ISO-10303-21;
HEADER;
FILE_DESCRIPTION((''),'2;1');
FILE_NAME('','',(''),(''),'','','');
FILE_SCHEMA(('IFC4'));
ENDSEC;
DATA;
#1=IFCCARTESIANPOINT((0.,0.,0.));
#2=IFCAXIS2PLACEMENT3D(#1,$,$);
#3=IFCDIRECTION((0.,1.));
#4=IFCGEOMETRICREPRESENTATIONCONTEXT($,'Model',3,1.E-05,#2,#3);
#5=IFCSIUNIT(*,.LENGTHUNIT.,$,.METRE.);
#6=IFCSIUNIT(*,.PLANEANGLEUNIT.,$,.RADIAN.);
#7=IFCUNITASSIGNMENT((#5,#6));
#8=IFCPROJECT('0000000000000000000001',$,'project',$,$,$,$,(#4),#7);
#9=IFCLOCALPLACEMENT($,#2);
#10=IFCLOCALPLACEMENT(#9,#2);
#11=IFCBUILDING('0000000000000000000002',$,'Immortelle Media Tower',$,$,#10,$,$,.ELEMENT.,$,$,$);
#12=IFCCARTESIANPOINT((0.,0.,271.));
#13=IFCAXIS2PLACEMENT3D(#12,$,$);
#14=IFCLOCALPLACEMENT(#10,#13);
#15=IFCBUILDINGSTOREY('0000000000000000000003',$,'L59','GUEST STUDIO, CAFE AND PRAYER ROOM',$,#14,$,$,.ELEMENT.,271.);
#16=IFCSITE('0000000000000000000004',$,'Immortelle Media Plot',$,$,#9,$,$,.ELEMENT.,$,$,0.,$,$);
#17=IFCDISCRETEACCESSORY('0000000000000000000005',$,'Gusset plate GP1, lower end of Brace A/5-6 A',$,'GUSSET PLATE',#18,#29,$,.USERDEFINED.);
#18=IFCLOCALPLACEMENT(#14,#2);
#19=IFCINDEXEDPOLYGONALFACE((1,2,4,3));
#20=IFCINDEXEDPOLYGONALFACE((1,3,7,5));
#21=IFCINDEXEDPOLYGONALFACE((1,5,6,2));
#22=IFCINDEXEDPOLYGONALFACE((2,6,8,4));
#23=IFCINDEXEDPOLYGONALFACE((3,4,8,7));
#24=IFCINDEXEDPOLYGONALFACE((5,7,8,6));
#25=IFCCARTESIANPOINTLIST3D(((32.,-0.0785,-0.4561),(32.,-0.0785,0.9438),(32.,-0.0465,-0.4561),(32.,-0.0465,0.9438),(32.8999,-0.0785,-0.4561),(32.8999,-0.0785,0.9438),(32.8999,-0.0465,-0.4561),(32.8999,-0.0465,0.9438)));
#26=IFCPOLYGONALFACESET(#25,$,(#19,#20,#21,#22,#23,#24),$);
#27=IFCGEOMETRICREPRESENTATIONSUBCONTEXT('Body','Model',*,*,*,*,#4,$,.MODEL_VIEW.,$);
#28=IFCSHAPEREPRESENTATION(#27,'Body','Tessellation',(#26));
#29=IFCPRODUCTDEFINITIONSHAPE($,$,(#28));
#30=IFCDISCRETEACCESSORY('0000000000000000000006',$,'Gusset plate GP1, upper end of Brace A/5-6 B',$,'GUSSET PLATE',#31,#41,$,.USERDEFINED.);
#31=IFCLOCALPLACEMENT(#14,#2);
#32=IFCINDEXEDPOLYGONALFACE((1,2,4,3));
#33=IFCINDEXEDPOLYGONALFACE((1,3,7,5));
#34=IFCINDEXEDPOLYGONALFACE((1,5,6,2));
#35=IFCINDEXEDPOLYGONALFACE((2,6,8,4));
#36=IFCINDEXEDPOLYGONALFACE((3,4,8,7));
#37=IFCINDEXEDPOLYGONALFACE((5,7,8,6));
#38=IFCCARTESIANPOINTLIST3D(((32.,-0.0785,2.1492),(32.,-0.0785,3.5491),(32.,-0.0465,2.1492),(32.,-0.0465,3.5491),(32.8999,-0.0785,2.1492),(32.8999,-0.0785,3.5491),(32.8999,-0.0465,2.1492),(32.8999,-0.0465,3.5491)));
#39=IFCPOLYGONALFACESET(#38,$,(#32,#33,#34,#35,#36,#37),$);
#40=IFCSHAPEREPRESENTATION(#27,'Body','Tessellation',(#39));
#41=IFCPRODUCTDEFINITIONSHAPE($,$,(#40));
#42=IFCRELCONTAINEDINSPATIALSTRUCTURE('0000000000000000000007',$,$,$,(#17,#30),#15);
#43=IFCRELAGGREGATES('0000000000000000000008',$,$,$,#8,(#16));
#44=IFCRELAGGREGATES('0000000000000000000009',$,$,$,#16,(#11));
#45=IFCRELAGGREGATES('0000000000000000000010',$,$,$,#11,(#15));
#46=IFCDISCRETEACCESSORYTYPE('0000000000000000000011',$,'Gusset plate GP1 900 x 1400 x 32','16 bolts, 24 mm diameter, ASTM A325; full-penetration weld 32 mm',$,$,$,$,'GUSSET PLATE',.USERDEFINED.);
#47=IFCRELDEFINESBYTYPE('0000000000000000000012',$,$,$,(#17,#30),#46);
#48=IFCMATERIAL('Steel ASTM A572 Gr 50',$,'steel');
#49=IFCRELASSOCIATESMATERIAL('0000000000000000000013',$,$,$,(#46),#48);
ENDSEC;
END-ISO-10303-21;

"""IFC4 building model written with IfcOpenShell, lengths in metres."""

from ifc_helpers import new_model, si_unit, direction, frame, origin, origin_2d, place, context, subcontext, project, spatial, rectangle, extrude, material, material_profile, profile_set, type_object, element, save


model = new_model("IFC4")

# Units and contexts
model_context = context("Model", 3, precision=1e-05, world=origin(), true_north=direction((0.0, 1.0)))
body_context = subcontext(model_context, "Body", "Model", "MODEL_VIEW")
ifc_project = project(units=[si_unit("LENGTHUNIT", "METRE"), si_unit("PLANEANGLEUNIT", "RADIAN")], contexts=[model_context])

# Site, building, storey
site_placement = place(None, origin())
site = spatial("IfcSite", under=ifc_project, at=site_placement, Name="Immortelle Media Plot", CompositionType="ELEMENT", RefElevation=0.0)
building_placement = place(site_placement, origin())
building = spatial("IfcBuilding", under=site, at=building_placement, Name="Immortelle Media Tower", CompositionType="ELEMENT")
storey_placement = place(building_placement, frame((0.0, 0.0, 271.0)))
storey = spatial("IfcBuildingStorey", under=building, at=storey_placement, Name="L59", Description="GUEST STUDIO, CAFE AND PRAYER ROOM", CompositionType="ELEMENT", Elevation=271.0)

# Discrete accessories
ifc_material_1 = material(Name="Steel ASTM A572 Gr 50", Category="steel")
ifc_material_profile_1 = material_profile(ifc_material_1, rectangle(XDim=0.032, YDim=1.3999, at=origin_2d()), Name="PL 32 x 1400")
ifc_profile_set_1 = profile_set([ifc_material_profile_1], Name="Steel ASTM A572 Gr 50")
discrete_accessory_type = type_object("IfcDiscreteAccessoryType", Name="Gusset plate GP1 900 x 1400 x 32", Description="16 bolts, 24 mm diameter, ASTM A325; full-penetration weld 32 mm", ElementType="GUSSET PLATE", PredefinedType="USERDEFINED", material=ifc_profile_set_1)
for number, where, z_axis, x_axis, name in (
    (1, (32.0, -0.0625, 0.2439), (1.0, 0.0, 0.0), (0.0, 1.0, 0.0), "Gusset plate GP1, lower end of Brace A/5-6 A"),
    (2, (32.0, -0.0625, 2.8491), (1.0, 0.0, 0.0), (0.0, 1.0, 0.0), "Gusset plate GP1, upper end of Brace A/5-6 B"),
):
    element("IfcDiscreteAccessory", number, at=place(storey_placement, frame(where, z_axis=z_axis, x_axis=x_axis)), inside=storey, type_object=discrete_accessory_type, Name=name, ObjectType="GUSSET PLATE", PredefinedType="USERDEFINED", context=body_context, shape_type="SweptSolid", body=[
        extrude(rectangle(XDim=0.032, YDim=1.3999, at=origin_2d()), origin(), (0.0, 0.0, 1.0), 0.8999),
    ])

save(model, "model.ifc")
